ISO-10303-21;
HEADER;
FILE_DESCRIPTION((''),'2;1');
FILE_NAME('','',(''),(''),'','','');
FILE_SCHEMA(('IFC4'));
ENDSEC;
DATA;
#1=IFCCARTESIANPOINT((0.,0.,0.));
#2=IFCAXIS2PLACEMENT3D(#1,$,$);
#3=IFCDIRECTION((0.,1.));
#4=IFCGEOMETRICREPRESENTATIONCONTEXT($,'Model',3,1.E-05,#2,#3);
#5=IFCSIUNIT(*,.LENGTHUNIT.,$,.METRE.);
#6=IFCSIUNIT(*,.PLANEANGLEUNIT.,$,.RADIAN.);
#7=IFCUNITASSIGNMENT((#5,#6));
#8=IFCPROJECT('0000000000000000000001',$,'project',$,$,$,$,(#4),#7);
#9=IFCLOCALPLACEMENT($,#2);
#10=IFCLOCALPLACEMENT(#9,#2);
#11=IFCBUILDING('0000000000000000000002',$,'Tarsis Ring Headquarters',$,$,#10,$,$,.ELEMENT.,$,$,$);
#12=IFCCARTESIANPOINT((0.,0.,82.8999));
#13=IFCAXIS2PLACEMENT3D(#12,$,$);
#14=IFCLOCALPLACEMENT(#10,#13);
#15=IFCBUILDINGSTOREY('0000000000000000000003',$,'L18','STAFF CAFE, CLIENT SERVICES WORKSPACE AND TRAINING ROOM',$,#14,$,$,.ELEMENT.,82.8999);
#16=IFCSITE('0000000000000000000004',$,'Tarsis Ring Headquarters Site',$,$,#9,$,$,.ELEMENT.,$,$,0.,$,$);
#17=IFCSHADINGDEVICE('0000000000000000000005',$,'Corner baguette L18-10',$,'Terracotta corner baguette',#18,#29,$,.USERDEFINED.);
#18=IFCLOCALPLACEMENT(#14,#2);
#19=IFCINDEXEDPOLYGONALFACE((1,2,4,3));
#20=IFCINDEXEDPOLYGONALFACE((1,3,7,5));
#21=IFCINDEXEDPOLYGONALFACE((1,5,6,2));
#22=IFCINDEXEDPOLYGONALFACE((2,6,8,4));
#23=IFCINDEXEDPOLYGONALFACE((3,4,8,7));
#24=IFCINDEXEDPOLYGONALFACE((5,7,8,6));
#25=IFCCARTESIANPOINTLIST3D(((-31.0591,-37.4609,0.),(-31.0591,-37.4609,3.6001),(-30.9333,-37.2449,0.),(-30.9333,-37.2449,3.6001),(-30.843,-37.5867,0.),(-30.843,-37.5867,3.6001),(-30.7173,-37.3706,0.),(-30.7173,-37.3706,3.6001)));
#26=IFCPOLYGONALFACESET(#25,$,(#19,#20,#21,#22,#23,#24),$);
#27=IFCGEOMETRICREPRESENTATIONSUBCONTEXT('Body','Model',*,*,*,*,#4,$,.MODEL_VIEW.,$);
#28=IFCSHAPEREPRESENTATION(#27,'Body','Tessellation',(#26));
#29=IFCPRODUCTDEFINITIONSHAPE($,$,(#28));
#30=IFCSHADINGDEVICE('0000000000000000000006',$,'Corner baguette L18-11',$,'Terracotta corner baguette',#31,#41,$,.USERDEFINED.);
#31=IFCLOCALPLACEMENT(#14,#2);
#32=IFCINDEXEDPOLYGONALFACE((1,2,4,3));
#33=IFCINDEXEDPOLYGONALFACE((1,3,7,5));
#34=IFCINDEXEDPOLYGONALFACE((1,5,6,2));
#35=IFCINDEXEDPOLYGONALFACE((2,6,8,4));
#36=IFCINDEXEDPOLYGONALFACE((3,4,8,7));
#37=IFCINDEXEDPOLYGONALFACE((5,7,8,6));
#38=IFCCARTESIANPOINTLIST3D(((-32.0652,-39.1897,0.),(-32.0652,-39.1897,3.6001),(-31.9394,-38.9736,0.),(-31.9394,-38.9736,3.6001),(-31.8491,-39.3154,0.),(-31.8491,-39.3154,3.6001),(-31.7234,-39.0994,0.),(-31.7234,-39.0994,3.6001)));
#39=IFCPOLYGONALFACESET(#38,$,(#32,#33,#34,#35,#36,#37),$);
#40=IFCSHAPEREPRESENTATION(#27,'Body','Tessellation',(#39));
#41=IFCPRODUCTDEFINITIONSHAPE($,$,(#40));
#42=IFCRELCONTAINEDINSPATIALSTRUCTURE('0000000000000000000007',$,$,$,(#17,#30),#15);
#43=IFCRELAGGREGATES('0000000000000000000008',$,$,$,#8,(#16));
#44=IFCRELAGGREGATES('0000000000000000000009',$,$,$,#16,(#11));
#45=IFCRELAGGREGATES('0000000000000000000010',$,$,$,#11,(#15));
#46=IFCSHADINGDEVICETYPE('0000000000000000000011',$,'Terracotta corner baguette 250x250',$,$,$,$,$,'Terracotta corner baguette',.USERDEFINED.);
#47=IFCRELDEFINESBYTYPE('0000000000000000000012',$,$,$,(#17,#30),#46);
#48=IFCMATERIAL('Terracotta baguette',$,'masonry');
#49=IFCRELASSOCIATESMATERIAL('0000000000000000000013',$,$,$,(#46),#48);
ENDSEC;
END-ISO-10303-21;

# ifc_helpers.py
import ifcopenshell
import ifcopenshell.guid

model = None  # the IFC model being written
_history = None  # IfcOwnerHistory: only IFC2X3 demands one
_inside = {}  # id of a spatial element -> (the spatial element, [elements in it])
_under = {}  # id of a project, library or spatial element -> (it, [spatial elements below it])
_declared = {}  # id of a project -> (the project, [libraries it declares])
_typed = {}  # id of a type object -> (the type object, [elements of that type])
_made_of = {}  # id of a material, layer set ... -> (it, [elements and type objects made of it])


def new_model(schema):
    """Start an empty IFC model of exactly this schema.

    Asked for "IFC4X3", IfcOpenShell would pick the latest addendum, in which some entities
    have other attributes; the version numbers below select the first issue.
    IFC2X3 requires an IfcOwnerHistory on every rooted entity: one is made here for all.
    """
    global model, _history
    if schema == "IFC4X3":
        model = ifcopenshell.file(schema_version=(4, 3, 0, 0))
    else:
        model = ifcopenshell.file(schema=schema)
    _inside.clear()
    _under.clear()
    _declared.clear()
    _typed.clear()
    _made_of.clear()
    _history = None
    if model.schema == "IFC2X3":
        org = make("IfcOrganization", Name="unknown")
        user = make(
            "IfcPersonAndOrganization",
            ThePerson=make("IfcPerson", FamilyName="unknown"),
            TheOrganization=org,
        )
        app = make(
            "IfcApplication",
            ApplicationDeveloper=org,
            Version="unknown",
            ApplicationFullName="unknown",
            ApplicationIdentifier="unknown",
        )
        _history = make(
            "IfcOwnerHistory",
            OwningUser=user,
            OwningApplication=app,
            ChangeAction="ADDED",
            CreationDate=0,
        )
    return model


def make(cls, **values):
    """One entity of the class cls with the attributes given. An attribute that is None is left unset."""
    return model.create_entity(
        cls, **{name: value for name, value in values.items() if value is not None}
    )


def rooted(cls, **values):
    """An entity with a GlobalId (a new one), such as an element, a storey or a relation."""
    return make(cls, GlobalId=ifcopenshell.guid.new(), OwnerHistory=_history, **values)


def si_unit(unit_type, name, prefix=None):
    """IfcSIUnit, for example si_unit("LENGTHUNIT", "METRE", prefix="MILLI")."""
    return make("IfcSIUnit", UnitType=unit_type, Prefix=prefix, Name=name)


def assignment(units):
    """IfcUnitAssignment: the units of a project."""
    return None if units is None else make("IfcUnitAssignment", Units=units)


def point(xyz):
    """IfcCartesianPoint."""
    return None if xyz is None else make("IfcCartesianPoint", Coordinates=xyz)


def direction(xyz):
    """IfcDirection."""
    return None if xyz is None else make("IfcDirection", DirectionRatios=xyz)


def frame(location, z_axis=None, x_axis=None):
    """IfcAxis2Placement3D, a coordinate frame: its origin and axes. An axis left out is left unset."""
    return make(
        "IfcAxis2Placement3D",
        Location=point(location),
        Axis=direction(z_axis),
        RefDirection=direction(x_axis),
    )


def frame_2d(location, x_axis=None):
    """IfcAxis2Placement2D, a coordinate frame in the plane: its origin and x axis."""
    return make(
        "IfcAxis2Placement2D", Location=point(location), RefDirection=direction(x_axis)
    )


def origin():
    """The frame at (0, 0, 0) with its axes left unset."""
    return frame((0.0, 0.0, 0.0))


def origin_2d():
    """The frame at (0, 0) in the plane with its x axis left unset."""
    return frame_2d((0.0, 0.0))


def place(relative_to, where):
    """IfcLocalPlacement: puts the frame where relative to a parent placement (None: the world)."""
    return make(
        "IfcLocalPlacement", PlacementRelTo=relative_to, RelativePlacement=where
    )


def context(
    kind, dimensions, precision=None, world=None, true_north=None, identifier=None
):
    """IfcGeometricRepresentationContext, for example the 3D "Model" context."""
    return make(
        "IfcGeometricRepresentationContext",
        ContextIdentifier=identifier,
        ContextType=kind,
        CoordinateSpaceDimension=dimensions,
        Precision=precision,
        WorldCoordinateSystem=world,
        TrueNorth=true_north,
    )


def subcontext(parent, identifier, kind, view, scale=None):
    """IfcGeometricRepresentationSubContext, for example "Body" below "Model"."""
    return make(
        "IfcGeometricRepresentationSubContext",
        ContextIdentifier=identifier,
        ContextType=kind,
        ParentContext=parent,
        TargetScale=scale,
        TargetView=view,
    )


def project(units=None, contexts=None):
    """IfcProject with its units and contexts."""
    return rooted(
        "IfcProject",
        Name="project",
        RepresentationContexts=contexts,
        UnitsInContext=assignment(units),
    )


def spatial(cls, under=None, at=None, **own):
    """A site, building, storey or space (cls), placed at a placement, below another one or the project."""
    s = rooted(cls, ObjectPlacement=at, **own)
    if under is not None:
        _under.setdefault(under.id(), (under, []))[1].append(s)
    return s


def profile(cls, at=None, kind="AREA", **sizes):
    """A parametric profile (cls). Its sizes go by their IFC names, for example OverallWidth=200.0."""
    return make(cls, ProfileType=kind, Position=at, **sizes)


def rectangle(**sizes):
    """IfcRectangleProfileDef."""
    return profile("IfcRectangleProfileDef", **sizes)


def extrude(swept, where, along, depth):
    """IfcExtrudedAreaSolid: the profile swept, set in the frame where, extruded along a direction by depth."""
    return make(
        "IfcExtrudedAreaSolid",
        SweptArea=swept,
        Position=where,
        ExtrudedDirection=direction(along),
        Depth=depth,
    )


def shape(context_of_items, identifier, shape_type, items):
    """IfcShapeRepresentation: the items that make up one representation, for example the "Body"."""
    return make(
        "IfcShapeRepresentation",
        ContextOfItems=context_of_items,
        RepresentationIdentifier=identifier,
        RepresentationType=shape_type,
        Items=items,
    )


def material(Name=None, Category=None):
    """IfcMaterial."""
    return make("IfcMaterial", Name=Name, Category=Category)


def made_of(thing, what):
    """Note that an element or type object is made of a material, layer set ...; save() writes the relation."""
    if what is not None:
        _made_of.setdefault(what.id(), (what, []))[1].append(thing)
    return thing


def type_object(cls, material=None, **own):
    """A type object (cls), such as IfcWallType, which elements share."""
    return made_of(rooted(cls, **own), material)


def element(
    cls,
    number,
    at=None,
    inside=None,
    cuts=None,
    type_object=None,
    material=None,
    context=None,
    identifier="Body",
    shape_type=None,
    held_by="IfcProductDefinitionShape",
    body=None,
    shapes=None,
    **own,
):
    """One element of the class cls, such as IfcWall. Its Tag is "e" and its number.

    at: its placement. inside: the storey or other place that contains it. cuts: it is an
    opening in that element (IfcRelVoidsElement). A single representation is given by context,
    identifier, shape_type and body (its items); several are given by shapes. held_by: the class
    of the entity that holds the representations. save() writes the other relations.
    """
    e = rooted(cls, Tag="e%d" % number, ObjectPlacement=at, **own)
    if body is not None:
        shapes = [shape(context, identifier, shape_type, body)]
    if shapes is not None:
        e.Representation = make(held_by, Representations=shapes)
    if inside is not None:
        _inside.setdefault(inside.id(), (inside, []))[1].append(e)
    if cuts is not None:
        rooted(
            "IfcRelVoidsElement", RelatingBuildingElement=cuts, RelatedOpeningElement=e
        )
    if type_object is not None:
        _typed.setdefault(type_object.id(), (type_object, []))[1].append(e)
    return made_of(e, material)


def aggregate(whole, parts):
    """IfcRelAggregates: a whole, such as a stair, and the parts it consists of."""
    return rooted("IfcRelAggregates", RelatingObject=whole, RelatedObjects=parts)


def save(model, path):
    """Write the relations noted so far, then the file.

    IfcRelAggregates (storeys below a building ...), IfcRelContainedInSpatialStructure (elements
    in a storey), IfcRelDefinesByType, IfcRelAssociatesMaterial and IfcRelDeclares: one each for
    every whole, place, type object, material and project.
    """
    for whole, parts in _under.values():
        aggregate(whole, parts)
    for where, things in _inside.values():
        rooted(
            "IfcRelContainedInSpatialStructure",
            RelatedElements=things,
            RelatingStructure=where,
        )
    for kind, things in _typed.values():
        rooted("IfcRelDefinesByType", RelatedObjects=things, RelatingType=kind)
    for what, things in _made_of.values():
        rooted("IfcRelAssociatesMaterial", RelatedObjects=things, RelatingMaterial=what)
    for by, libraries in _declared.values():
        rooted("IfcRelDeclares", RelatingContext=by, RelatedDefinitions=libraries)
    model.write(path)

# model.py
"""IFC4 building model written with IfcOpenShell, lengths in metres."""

from ifc_helpers import new_model, si_unit, direction, frame, origin, origin_2d, place, context, subcontext, project, spatial, rectangle, extrude, material, type_object, element, save


model = new_model("IFC4")

# Units and contexts
model_context = context("Model", 3, precision=1e-05, world=origin(), true_north=direction((0.0, 1.0)))
body_context = subcontext(model_context, "Body", "Model", "MODEL_VIEW")
ifc_project = project(units=[si_unit("LENGTHUNIT", "METRE"), si_unit("PLANEANGLEUNIT", "RADIAN")], contexts=[model_context])

# Site, building, storey
site_placement = place(None, origin())
site = spatial("IfcSite", under=ifc_project, at=site_placement, Name="Tarsis Ring Headquarters Site", CompositionType="ELEMENT", RefElevation=0.0)
building_placement = place(site_placement, origin())
building = spatial("IfcBuilding", under=site, at=building_placement, Name="Tarsis Ring Headquarters", CompositionType="ELEMENT")
storey_placement = place(building_placement, frame((0.0, 0.0, 82.8999)))
storey = spatial("IfcBuildingStorey", under=building, at=storey_placement, Name="L18", Description="STAFF CAFE, CLIENT SERVICES WORKSPACE AND TRAINING ROOM", CompositionType="ELEMENT", Elevation=82.8999)

# Shading devices
ifc_material_1 = material(Name="Terracotta baguette", Category="masonry")
shading_device_type = type_object("IfcShadingDeviceType", Name="Terracotta corner baguette 250x250", ElementType="Terracotta corner baguette", PredefinedType="USERDEFINED", material=ifc_material_1)
for number, where, z_axis, x_axis, name in (
    (1, (-30.8882, -37.4158, 0.0), (0.0, 0.0, 1.0), (0.864275, -0.50302, 0.0), "Corner baguette L18-10"),
    (2, (-31.8943, -39.1445, 0.0), (0.0, 0.0, 1.0), (-0.50302, -0.864275, 0.0), "Corner baguette L18-11"),
):
    element("IfcShadingDevice", number, at=place(storey_placement, frame(where, z_axis=z_axis, x_axis=x_axis)), inside=storey, type_object=shading_device_type, Name=name, ObjectType="Terracotta corner baguette", PredefinedType="USERDEFINED", context=body_context, shape_type="SweptSolid", body=[
        extrude(rectangle(XDim=0.25, YDim=0.25, at=origin_2d()), origin(), (0.0, 0.0, 1.0), 3.6001),
    ])

save(model, "model.ifc")
